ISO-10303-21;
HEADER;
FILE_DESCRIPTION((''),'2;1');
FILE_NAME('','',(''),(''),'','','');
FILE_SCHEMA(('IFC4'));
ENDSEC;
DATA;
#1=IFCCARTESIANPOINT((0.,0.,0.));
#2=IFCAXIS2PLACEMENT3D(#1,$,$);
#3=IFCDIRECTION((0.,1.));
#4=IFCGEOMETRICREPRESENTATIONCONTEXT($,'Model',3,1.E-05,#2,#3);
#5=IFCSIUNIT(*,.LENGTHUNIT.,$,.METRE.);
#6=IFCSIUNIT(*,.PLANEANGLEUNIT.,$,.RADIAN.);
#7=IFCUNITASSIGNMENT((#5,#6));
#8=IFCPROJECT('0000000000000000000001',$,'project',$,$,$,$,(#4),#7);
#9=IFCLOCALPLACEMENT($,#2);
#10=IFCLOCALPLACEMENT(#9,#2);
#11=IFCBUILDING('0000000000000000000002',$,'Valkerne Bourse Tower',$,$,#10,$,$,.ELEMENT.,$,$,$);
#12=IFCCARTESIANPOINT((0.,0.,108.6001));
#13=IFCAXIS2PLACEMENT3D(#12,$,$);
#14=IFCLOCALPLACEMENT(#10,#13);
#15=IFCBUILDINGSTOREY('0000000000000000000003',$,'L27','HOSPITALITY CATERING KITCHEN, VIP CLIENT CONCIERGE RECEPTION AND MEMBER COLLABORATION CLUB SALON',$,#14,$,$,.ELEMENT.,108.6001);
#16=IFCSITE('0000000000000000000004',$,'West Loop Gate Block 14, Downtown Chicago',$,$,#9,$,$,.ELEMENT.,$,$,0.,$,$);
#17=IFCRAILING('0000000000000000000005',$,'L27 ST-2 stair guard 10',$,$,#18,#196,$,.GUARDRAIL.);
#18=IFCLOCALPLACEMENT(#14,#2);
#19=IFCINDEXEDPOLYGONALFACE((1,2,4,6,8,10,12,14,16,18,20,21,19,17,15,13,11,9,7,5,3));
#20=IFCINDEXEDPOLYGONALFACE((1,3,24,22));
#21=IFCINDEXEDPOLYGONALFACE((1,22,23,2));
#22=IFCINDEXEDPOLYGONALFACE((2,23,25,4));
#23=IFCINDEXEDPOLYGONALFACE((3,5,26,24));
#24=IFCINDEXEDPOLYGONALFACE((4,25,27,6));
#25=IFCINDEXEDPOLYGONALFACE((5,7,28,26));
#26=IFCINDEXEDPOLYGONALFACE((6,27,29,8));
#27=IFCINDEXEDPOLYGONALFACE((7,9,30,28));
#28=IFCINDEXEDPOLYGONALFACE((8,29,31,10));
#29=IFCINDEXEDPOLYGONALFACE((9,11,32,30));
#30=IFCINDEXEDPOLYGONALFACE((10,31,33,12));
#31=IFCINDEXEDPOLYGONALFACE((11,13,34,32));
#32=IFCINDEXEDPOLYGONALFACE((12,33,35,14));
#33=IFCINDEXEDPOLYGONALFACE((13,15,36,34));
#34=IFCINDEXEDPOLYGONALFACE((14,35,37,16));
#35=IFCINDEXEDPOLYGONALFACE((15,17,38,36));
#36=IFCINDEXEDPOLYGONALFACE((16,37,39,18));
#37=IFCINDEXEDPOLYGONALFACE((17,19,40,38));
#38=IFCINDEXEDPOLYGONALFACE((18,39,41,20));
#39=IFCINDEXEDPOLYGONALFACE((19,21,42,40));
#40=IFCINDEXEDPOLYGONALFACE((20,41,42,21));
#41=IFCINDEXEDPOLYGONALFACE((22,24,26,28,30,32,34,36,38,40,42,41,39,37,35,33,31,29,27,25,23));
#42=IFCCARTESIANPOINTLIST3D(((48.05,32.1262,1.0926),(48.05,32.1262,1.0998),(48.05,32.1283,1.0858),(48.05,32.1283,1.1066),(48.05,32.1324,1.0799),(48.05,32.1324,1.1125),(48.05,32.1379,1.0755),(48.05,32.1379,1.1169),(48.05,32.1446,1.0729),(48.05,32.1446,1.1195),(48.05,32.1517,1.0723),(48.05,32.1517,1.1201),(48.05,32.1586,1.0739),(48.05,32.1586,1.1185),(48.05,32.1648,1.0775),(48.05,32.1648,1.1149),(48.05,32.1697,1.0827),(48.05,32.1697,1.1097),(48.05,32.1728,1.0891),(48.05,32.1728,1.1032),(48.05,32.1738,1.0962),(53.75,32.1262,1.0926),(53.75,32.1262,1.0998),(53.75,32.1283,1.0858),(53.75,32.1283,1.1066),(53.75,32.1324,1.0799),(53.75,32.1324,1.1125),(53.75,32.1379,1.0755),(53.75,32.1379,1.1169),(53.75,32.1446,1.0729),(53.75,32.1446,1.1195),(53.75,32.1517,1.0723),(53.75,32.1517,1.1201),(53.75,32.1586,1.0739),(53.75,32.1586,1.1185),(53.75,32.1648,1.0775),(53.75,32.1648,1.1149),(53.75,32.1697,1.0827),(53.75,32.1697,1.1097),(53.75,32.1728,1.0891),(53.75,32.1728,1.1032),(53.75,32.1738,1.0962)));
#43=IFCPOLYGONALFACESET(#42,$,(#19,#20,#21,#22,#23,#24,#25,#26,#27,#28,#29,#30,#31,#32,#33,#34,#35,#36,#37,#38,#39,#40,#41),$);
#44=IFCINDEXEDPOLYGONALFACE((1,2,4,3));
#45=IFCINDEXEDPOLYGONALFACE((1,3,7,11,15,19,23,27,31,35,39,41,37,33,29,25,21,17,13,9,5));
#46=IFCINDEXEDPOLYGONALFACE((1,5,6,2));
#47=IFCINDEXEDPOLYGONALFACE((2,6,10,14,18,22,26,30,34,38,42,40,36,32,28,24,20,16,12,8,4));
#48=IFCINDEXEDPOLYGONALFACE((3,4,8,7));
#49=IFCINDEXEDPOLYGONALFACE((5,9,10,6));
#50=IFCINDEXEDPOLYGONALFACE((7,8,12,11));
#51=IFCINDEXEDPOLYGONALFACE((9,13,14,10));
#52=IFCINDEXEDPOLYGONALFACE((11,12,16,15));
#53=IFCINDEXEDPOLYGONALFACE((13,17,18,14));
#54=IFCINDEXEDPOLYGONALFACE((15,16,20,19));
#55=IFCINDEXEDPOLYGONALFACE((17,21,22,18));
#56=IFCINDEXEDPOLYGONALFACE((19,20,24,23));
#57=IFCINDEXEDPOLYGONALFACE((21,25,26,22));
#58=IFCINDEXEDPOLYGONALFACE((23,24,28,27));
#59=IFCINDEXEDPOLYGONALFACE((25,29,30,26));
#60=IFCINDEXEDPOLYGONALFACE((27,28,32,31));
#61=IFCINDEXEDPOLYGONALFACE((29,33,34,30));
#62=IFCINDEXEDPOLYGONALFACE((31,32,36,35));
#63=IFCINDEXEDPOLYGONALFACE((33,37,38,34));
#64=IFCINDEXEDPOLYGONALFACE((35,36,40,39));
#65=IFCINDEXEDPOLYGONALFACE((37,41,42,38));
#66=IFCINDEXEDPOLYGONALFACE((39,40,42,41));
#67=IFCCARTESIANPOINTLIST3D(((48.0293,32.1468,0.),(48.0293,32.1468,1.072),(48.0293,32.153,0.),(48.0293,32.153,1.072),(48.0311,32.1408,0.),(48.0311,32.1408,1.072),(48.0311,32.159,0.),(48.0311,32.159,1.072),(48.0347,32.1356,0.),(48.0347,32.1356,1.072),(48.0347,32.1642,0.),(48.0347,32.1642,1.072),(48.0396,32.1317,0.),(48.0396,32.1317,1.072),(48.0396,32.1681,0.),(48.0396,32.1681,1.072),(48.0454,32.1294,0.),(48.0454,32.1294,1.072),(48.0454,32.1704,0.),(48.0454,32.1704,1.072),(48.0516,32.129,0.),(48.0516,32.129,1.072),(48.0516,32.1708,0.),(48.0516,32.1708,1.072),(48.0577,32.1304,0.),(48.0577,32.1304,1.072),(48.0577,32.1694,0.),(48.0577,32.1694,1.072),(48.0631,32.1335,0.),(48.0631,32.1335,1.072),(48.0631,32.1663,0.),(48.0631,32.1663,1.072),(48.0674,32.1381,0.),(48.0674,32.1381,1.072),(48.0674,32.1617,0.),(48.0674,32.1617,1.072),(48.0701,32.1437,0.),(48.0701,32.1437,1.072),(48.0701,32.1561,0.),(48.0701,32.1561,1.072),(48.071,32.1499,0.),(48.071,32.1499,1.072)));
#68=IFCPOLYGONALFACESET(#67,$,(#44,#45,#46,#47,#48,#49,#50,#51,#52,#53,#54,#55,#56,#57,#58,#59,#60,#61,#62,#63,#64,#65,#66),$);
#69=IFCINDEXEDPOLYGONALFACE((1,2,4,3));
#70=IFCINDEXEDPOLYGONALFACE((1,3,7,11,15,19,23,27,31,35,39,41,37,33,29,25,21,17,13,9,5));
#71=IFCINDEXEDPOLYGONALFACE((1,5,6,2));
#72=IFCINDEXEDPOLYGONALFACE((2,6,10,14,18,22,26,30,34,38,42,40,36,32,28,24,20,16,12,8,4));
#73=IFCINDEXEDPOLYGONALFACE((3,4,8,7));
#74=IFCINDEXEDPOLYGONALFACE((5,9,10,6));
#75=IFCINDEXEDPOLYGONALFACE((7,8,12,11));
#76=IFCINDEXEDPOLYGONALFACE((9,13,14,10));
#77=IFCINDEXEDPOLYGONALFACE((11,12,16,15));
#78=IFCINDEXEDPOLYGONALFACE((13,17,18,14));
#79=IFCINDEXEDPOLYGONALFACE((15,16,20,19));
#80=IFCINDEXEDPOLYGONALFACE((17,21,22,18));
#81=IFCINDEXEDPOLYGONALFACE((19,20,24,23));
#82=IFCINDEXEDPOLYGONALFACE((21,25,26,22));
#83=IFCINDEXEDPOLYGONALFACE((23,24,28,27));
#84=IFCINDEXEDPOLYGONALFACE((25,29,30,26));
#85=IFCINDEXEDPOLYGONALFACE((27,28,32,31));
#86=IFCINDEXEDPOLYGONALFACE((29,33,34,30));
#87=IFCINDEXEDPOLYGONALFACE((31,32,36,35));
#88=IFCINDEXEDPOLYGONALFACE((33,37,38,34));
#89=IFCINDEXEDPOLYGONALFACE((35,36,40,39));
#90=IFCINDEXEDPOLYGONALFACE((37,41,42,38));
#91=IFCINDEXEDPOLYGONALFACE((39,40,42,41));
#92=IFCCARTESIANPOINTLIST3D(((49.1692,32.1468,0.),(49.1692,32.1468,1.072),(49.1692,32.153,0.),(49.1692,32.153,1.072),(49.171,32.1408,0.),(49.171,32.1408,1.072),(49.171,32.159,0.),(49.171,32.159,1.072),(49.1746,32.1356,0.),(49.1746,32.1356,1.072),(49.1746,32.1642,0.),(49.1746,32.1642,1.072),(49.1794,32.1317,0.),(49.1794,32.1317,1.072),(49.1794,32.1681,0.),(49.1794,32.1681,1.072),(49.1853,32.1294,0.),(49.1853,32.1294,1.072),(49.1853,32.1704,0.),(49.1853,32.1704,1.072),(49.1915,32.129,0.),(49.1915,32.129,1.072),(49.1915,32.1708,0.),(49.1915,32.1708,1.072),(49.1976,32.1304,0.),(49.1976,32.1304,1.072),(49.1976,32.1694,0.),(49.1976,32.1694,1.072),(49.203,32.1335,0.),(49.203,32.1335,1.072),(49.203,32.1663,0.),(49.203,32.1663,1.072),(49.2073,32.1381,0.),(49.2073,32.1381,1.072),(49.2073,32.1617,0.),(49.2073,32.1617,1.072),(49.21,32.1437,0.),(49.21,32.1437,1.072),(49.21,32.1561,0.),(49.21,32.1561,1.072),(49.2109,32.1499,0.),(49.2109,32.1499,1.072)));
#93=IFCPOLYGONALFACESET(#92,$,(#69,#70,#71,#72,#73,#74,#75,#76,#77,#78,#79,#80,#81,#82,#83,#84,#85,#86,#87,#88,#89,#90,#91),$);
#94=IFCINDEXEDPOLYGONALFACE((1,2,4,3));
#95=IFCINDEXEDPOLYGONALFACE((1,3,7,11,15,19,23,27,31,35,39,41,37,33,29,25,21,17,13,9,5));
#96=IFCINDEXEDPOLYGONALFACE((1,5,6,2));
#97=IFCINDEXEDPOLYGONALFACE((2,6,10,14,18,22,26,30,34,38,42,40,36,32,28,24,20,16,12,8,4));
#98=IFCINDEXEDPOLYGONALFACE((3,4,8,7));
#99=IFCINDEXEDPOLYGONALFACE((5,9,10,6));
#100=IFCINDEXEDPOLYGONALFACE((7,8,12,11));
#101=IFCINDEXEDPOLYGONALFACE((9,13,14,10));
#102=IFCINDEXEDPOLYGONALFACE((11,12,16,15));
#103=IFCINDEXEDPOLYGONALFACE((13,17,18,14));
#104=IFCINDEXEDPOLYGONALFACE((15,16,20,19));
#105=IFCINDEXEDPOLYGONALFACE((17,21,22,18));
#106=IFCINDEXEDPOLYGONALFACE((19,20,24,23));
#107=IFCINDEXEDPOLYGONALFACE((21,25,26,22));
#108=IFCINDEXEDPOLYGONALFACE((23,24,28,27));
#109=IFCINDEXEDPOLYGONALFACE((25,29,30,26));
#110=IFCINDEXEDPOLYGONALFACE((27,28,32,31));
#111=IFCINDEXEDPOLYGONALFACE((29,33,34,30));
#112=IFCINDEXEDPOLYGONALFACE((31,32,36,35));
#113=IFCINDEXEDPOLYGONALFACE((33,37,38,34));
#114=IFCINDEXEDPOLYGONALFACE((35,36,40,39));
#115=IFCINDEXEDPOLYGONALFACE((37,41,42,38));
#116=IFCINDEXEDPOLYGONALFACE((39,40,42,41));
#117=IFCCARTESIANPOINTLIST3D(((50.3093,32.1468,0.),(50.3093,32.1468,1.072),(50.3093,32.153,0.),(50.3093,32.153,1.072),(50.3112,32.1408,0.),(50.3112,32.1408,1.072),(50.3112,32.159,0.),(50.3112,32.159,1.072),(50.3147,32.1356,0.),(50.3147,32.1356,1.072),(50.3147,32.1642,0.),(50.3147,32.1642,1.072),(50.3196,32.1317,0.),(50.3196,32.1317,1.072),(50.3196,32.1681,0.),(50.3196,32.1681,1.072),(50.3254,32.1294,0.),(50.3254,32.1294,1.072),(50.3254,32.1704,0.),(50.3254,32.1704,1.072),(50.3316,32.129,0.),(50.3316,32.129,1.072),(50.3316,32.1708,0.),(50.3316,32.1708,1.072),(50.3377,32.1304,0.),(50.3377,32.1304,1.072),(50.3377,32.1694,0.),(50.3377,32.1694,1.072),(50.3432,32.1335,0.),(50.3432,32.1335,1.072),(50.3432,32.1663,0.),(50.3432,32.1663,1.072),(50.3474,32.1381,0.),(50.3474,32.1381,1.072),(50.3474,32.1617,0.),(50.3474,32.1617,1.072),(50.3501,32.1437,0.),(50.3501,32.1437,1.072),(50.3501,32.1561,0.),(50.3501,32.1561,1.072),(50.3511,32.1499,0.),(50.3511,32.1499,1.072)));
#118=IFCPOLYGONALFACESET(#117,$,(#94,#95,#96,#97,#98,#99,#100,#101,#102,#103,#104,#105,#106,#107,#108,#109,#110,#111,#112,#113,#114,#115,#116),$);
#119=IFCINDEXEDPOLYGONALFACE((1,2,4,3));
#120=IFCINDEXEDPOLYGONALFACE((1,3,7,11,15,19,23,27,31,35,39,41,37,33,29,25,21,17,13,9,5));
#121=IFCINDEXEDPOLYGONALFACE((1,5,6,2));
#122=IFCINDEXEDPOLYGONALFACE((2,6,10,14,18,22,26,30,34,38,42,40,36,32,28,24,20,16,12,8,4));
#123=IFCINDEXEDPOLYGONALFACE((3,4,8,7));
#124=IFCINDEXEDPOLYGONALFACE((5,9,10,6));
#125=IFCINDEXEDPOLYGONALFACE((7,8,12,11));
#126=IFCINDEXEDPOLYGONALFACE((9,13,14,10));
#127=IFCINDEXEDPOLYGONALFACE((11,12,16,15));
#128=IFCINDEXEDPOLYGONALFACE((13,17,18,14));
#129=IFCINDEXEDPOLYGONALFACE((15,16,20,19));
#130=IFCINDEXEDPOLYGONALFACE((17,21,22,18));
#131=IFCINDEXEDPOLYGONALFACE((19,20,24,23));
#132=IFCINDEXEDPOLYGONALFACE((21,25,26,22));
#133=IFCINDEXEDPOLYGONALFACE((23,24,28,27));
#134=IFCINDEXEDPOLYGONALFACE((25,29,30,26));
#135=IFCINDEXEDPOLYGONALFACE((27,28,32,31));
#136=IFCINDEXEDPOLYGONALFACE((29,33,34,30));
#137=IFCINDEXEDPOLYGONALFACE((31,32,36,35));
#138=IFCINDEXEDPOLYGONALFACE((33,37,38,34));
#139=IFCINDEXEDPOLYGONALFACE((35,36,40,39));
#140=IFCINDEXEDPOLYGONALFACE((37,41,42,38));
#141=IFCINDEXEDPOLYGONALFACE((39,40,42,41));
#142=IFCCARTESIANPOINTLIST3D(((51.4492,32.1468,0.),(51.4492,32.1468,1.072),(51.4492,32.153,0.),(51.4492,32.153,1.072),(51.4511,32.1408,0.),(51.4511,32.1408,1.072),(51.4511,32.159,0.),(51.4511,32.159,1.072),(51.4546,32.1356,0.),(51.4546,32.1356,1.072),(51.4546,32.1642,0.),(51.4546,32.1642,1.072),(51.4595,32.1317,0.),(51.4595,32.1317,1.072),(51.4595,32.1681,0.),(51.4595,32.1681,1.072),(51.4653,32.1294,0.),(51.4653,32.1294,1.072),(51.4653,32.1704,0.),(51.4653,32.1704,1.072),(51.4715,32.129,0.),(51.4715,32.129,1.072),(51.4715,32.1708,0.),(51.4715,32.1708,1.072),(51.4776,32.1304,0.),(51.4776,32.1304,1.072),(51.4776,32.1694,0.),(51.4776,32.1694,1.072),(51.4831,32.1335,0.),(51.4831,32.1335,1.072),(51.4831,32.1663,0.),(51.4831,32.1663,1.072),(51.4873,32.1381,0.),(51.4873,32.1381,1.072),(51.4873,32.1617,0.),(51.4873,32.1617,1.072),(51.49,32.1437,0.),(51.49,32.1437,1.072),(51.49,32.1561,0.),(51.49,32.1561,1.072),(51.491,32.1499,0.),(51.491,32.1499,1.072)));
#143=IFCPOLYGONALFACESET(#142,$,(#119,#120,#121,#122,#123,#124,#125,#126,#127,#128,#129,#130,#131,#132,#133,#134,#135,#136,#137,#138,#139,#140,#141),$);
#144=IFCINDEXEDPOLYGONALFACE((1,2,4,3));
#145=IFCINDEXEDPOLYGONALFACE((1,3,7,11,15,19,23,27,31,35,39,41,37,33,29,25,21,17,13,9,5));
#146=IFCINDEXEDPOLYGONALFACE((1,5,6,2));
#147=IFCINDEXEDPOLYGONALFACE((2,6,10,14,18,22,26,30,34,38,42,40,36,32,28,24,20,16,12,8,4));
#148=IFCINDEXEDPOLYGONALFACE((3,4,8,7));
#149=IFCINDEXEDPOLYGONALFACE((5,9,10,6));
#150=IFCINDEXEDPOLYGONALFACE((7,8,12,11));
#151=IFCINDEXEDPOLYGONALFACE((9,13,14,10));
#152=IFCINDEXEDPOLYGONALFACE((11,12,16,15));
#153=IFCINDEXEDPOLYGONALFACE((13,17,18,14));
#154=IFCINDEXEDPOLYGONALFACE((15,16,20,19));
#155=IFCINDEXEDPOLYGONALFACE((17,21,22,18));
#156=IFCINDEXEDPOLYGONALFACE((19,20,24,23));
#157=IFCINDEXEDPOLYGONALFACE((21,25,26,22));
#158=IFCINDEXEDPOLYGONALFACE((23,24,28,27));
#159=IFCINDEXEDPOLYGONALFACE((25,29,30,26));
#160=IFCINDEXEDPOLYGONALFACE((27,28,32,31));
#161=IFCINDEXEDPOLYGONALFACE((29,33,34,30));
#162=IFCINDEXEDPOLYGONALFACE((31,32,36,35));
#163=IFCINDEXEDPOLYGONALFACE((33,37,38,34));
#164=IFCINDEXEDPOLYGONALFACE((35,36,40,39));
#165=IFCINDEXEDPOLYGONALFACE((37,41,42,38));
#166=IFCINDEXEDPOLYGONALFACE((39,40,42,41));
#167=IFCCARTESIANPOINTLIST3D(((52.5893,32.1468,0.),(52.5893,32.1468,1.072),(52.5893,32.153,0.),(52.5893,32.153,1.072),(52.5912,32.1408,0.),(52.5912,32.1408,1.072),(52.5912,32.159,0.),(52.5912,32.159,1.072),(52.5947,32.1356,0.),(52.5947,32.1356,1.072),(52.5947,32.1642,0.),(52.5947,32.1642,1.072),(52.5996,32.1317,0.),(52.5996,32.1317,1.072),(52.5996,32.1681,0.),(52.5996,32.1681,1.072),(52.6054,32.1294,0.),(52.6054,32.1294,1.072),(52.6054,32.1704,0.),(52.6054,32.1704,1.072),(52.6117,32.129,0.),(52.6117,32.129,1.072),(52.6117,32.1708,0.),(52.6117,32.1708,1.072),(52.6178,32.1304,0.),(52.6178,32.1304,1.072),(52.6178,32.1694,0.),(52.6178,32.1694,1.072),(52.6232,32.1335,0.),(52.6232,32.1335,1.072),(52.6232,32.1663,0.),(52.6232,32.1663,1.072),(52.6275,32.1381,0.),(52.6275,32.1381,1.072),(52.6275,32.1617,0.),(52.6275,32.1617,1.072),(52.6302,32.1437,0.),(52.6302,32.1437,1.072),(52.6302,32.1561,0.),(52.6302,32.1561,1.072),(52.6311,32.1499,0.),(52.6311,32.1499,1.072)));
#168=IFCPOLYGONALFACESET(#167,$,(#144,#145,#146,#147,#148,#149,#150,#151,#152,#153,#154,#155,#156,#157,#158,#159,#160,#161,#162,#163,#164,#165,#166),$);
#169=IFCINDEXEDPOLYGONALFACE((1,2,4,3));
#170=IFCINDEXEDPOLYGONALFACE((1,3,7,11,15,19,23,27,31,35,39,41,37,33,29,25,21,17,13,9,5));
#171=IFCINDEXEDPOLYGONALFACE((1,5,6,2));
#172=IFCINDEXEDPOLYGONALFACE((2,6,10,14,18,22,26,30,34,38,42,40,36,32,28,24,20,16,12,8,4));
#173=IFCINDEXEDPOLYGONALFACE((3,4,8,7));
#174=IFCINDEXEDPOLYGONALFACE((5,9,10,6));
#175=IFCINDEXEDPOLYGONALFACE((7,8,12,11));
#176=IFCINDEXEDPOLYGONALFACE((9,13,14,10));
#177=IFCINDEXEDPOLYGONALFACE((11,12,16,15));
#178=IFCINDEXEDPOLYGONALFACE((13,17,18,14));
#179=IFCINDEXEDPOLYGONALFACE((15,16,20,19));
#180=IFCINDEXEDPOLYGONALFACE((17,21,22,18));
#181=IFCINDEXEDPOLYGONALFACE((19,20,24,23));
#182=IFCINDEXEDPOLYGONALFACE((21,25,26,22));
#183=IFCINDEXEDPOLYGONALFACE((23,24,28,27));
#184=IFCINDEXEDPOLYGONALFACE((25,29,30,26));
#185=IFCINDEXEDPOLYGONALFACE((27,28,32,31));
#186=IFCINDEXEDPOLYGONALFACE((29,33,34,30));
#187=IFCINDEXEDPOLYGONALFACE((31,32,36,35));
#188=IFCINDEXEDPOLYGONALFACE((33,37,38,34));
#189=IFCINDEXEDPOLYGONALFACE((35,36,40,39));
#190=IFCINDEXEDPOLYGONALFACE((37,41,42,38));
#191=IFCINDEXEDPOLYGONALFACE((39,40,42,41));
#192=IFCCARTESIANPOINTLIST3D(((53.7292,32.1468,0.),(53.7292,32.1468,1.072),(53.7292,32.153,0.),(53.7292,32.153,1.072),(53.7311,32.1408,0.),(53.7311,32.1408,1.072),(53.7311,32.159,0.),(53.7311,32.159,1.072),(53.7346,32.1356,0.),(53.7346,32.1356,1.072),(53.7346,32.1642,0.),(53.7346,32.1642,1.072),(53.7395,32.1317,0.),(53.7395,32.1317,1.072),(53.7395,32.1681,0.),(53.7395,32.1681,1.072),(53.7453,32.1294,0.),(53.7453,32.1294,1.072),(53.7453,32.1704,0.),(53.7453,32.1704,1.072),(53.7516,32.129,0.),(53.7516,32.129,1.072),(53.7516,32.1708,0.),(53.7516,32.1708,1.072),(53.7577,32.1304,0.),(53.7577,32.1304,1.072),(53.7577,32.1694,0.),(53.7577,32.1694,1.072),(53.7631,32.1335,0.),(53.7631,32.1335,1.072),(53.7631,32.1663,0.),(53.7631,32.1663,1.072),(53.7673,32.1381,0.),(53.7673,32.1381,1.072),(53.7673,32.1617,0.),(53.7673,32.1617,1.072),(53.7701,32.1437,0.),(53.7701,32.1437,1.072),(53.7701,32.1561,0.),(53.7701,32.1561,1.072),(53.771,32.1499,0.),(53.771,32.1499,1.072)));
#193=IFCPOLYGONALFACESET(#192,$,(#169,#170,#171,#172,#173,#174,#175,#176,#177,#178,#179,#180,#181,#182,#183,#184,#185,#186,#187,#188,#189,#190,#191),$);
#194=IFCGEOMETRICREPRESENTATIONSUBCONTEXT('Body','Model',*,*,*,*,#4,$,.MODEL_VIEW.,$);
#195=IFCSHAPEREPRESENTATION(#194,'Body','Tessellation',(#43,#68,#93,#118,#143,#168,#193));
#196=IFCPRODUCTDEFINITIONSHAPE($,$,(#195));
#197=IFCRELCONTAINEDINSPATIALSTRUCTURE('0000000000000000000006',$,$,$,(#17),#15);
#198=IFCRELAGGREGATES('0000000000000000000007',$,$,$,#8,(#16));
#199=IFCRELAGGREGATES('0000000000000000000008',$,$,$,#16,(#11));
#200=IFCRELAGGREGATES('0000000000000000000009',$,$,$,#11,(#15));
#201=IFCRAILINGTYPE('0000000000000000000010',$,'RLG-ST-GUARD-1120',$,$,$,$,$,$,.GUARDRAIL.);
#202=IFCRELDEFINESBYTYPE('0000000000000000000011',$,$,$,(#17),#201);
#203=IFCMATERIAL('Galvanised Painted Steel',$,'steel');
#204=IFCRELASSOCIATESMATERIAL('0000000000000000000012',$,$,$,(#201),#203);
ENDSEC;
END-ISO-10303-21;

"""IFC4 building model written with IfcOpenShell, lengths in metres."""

from ifc_helpers import new_model, si_unit, direction, frame, origin, origin_2d, place, context, subcontext, project, spatial, circle, extrude, material, type_object, element, save


model = new_model("IFC4")

# Units and contexts
model_context = context("Model", 3, precision=1e-05, world=origin(), true_north=direction((0.0, 1.0)))
body_context = subcontext(model_context, "Body", "Model", "MODEL_VIEW")
ifc_project = project(units=[si_unit("LENGTHUNIT", "METRE"), si_unit("PLANEANGLEUNIT", "RADIAN")], contexts=[model_context])

# Site, building, storey
site_placement = place(None, origin())
site = spatial("IfcSite", under=ifc_project, at=site_placement, Name="West Loop Gate Block 14, Downtown Chicago", CompositionType="ELEMENT", RefElevation=0.0)
building_placement = place(site_placement, origin())
building = spatial("IfcBuilding", under=site, at=building_placement, Name="Valkerne Bourse Tower", CompositionType="ELEMENT")
storey_placement = place(building_placement, frame((0.0, 0.0, 108.6001)))
storey = spatial("IfcBuildingStorey", under=building, at=storey_placement, Name="L27", Description="HOSPITALITY CATERING KITCHEN, VIP CLIENT CONCIERGE RECEPTION AND MEMBER COLLABORATION CLUB SALON", CompositionType="ELEMENT", Elevation=108.6001)

# Shared definitions
ifc_material_1 = material(Name="Galvanised Painted Steel", Category="steel")

# Railing
railing_type_1 = type_object("IfcRailingType", Name="RLG-ST-GUARD-1120", PredefinedType="GUARDRAIL", material=ifc_material_1)
for number, where, name in (
    (1, (48.05, 32.1499, 0.0), "L27 ST-2 stair guard 10"),
):
    element("IfcRailing", number, at=place(storey_placement, frame(where)), inside=storey, type_object=railing_type_1, Name=name, PredefinedType="GUARDRAIL", context=body_context, shape_type="SweptSolid", body=[
        extrude(circle(Radius=0.0239, at=origin_2d()), frame((0.0, 0.0, 1.0962), z_axis=(1.0, 0.0, 0.0), x_axis=(0.0, 1.0, 0.0)), (0.0, 0.0, 1.0), 5.7),
        extrude(circle(Radius=0.021, at=origin_2d()), origin(), (0.0, 0.0, 1.0), 1.072),
        extrude(circle(Radius=0.021, at=origin_2d()), frame((1.1399, 0.0, 0.0)), (0.0, 0.0, 1.0), 1.072),
        extrude(circle(Radius=0.021, at=origin_2d()), frame((2.28, 0.0, 0.0)), (0.0, 0.0, 1.0), 1.072),
        extrude(circle(Radius=0.021, at=origin_2d()), frame((3.4199, 0.0, 0.0)), (0.0, 0.0, 1.0), 1.072),
        extrude(circle(Radius=0.021, at=origin_2d()), frame((4.5601, 0.0, 0.0)), (0.0, 0.0, 1.0), 1.072),
        extrude(circle(Radius=0.021, at=origin_2d()), frame((5.7, 0.0, 0.0)), (0.0, 0.0, 1.0), 1.072),
    ])

save(model, "model.ifc")
